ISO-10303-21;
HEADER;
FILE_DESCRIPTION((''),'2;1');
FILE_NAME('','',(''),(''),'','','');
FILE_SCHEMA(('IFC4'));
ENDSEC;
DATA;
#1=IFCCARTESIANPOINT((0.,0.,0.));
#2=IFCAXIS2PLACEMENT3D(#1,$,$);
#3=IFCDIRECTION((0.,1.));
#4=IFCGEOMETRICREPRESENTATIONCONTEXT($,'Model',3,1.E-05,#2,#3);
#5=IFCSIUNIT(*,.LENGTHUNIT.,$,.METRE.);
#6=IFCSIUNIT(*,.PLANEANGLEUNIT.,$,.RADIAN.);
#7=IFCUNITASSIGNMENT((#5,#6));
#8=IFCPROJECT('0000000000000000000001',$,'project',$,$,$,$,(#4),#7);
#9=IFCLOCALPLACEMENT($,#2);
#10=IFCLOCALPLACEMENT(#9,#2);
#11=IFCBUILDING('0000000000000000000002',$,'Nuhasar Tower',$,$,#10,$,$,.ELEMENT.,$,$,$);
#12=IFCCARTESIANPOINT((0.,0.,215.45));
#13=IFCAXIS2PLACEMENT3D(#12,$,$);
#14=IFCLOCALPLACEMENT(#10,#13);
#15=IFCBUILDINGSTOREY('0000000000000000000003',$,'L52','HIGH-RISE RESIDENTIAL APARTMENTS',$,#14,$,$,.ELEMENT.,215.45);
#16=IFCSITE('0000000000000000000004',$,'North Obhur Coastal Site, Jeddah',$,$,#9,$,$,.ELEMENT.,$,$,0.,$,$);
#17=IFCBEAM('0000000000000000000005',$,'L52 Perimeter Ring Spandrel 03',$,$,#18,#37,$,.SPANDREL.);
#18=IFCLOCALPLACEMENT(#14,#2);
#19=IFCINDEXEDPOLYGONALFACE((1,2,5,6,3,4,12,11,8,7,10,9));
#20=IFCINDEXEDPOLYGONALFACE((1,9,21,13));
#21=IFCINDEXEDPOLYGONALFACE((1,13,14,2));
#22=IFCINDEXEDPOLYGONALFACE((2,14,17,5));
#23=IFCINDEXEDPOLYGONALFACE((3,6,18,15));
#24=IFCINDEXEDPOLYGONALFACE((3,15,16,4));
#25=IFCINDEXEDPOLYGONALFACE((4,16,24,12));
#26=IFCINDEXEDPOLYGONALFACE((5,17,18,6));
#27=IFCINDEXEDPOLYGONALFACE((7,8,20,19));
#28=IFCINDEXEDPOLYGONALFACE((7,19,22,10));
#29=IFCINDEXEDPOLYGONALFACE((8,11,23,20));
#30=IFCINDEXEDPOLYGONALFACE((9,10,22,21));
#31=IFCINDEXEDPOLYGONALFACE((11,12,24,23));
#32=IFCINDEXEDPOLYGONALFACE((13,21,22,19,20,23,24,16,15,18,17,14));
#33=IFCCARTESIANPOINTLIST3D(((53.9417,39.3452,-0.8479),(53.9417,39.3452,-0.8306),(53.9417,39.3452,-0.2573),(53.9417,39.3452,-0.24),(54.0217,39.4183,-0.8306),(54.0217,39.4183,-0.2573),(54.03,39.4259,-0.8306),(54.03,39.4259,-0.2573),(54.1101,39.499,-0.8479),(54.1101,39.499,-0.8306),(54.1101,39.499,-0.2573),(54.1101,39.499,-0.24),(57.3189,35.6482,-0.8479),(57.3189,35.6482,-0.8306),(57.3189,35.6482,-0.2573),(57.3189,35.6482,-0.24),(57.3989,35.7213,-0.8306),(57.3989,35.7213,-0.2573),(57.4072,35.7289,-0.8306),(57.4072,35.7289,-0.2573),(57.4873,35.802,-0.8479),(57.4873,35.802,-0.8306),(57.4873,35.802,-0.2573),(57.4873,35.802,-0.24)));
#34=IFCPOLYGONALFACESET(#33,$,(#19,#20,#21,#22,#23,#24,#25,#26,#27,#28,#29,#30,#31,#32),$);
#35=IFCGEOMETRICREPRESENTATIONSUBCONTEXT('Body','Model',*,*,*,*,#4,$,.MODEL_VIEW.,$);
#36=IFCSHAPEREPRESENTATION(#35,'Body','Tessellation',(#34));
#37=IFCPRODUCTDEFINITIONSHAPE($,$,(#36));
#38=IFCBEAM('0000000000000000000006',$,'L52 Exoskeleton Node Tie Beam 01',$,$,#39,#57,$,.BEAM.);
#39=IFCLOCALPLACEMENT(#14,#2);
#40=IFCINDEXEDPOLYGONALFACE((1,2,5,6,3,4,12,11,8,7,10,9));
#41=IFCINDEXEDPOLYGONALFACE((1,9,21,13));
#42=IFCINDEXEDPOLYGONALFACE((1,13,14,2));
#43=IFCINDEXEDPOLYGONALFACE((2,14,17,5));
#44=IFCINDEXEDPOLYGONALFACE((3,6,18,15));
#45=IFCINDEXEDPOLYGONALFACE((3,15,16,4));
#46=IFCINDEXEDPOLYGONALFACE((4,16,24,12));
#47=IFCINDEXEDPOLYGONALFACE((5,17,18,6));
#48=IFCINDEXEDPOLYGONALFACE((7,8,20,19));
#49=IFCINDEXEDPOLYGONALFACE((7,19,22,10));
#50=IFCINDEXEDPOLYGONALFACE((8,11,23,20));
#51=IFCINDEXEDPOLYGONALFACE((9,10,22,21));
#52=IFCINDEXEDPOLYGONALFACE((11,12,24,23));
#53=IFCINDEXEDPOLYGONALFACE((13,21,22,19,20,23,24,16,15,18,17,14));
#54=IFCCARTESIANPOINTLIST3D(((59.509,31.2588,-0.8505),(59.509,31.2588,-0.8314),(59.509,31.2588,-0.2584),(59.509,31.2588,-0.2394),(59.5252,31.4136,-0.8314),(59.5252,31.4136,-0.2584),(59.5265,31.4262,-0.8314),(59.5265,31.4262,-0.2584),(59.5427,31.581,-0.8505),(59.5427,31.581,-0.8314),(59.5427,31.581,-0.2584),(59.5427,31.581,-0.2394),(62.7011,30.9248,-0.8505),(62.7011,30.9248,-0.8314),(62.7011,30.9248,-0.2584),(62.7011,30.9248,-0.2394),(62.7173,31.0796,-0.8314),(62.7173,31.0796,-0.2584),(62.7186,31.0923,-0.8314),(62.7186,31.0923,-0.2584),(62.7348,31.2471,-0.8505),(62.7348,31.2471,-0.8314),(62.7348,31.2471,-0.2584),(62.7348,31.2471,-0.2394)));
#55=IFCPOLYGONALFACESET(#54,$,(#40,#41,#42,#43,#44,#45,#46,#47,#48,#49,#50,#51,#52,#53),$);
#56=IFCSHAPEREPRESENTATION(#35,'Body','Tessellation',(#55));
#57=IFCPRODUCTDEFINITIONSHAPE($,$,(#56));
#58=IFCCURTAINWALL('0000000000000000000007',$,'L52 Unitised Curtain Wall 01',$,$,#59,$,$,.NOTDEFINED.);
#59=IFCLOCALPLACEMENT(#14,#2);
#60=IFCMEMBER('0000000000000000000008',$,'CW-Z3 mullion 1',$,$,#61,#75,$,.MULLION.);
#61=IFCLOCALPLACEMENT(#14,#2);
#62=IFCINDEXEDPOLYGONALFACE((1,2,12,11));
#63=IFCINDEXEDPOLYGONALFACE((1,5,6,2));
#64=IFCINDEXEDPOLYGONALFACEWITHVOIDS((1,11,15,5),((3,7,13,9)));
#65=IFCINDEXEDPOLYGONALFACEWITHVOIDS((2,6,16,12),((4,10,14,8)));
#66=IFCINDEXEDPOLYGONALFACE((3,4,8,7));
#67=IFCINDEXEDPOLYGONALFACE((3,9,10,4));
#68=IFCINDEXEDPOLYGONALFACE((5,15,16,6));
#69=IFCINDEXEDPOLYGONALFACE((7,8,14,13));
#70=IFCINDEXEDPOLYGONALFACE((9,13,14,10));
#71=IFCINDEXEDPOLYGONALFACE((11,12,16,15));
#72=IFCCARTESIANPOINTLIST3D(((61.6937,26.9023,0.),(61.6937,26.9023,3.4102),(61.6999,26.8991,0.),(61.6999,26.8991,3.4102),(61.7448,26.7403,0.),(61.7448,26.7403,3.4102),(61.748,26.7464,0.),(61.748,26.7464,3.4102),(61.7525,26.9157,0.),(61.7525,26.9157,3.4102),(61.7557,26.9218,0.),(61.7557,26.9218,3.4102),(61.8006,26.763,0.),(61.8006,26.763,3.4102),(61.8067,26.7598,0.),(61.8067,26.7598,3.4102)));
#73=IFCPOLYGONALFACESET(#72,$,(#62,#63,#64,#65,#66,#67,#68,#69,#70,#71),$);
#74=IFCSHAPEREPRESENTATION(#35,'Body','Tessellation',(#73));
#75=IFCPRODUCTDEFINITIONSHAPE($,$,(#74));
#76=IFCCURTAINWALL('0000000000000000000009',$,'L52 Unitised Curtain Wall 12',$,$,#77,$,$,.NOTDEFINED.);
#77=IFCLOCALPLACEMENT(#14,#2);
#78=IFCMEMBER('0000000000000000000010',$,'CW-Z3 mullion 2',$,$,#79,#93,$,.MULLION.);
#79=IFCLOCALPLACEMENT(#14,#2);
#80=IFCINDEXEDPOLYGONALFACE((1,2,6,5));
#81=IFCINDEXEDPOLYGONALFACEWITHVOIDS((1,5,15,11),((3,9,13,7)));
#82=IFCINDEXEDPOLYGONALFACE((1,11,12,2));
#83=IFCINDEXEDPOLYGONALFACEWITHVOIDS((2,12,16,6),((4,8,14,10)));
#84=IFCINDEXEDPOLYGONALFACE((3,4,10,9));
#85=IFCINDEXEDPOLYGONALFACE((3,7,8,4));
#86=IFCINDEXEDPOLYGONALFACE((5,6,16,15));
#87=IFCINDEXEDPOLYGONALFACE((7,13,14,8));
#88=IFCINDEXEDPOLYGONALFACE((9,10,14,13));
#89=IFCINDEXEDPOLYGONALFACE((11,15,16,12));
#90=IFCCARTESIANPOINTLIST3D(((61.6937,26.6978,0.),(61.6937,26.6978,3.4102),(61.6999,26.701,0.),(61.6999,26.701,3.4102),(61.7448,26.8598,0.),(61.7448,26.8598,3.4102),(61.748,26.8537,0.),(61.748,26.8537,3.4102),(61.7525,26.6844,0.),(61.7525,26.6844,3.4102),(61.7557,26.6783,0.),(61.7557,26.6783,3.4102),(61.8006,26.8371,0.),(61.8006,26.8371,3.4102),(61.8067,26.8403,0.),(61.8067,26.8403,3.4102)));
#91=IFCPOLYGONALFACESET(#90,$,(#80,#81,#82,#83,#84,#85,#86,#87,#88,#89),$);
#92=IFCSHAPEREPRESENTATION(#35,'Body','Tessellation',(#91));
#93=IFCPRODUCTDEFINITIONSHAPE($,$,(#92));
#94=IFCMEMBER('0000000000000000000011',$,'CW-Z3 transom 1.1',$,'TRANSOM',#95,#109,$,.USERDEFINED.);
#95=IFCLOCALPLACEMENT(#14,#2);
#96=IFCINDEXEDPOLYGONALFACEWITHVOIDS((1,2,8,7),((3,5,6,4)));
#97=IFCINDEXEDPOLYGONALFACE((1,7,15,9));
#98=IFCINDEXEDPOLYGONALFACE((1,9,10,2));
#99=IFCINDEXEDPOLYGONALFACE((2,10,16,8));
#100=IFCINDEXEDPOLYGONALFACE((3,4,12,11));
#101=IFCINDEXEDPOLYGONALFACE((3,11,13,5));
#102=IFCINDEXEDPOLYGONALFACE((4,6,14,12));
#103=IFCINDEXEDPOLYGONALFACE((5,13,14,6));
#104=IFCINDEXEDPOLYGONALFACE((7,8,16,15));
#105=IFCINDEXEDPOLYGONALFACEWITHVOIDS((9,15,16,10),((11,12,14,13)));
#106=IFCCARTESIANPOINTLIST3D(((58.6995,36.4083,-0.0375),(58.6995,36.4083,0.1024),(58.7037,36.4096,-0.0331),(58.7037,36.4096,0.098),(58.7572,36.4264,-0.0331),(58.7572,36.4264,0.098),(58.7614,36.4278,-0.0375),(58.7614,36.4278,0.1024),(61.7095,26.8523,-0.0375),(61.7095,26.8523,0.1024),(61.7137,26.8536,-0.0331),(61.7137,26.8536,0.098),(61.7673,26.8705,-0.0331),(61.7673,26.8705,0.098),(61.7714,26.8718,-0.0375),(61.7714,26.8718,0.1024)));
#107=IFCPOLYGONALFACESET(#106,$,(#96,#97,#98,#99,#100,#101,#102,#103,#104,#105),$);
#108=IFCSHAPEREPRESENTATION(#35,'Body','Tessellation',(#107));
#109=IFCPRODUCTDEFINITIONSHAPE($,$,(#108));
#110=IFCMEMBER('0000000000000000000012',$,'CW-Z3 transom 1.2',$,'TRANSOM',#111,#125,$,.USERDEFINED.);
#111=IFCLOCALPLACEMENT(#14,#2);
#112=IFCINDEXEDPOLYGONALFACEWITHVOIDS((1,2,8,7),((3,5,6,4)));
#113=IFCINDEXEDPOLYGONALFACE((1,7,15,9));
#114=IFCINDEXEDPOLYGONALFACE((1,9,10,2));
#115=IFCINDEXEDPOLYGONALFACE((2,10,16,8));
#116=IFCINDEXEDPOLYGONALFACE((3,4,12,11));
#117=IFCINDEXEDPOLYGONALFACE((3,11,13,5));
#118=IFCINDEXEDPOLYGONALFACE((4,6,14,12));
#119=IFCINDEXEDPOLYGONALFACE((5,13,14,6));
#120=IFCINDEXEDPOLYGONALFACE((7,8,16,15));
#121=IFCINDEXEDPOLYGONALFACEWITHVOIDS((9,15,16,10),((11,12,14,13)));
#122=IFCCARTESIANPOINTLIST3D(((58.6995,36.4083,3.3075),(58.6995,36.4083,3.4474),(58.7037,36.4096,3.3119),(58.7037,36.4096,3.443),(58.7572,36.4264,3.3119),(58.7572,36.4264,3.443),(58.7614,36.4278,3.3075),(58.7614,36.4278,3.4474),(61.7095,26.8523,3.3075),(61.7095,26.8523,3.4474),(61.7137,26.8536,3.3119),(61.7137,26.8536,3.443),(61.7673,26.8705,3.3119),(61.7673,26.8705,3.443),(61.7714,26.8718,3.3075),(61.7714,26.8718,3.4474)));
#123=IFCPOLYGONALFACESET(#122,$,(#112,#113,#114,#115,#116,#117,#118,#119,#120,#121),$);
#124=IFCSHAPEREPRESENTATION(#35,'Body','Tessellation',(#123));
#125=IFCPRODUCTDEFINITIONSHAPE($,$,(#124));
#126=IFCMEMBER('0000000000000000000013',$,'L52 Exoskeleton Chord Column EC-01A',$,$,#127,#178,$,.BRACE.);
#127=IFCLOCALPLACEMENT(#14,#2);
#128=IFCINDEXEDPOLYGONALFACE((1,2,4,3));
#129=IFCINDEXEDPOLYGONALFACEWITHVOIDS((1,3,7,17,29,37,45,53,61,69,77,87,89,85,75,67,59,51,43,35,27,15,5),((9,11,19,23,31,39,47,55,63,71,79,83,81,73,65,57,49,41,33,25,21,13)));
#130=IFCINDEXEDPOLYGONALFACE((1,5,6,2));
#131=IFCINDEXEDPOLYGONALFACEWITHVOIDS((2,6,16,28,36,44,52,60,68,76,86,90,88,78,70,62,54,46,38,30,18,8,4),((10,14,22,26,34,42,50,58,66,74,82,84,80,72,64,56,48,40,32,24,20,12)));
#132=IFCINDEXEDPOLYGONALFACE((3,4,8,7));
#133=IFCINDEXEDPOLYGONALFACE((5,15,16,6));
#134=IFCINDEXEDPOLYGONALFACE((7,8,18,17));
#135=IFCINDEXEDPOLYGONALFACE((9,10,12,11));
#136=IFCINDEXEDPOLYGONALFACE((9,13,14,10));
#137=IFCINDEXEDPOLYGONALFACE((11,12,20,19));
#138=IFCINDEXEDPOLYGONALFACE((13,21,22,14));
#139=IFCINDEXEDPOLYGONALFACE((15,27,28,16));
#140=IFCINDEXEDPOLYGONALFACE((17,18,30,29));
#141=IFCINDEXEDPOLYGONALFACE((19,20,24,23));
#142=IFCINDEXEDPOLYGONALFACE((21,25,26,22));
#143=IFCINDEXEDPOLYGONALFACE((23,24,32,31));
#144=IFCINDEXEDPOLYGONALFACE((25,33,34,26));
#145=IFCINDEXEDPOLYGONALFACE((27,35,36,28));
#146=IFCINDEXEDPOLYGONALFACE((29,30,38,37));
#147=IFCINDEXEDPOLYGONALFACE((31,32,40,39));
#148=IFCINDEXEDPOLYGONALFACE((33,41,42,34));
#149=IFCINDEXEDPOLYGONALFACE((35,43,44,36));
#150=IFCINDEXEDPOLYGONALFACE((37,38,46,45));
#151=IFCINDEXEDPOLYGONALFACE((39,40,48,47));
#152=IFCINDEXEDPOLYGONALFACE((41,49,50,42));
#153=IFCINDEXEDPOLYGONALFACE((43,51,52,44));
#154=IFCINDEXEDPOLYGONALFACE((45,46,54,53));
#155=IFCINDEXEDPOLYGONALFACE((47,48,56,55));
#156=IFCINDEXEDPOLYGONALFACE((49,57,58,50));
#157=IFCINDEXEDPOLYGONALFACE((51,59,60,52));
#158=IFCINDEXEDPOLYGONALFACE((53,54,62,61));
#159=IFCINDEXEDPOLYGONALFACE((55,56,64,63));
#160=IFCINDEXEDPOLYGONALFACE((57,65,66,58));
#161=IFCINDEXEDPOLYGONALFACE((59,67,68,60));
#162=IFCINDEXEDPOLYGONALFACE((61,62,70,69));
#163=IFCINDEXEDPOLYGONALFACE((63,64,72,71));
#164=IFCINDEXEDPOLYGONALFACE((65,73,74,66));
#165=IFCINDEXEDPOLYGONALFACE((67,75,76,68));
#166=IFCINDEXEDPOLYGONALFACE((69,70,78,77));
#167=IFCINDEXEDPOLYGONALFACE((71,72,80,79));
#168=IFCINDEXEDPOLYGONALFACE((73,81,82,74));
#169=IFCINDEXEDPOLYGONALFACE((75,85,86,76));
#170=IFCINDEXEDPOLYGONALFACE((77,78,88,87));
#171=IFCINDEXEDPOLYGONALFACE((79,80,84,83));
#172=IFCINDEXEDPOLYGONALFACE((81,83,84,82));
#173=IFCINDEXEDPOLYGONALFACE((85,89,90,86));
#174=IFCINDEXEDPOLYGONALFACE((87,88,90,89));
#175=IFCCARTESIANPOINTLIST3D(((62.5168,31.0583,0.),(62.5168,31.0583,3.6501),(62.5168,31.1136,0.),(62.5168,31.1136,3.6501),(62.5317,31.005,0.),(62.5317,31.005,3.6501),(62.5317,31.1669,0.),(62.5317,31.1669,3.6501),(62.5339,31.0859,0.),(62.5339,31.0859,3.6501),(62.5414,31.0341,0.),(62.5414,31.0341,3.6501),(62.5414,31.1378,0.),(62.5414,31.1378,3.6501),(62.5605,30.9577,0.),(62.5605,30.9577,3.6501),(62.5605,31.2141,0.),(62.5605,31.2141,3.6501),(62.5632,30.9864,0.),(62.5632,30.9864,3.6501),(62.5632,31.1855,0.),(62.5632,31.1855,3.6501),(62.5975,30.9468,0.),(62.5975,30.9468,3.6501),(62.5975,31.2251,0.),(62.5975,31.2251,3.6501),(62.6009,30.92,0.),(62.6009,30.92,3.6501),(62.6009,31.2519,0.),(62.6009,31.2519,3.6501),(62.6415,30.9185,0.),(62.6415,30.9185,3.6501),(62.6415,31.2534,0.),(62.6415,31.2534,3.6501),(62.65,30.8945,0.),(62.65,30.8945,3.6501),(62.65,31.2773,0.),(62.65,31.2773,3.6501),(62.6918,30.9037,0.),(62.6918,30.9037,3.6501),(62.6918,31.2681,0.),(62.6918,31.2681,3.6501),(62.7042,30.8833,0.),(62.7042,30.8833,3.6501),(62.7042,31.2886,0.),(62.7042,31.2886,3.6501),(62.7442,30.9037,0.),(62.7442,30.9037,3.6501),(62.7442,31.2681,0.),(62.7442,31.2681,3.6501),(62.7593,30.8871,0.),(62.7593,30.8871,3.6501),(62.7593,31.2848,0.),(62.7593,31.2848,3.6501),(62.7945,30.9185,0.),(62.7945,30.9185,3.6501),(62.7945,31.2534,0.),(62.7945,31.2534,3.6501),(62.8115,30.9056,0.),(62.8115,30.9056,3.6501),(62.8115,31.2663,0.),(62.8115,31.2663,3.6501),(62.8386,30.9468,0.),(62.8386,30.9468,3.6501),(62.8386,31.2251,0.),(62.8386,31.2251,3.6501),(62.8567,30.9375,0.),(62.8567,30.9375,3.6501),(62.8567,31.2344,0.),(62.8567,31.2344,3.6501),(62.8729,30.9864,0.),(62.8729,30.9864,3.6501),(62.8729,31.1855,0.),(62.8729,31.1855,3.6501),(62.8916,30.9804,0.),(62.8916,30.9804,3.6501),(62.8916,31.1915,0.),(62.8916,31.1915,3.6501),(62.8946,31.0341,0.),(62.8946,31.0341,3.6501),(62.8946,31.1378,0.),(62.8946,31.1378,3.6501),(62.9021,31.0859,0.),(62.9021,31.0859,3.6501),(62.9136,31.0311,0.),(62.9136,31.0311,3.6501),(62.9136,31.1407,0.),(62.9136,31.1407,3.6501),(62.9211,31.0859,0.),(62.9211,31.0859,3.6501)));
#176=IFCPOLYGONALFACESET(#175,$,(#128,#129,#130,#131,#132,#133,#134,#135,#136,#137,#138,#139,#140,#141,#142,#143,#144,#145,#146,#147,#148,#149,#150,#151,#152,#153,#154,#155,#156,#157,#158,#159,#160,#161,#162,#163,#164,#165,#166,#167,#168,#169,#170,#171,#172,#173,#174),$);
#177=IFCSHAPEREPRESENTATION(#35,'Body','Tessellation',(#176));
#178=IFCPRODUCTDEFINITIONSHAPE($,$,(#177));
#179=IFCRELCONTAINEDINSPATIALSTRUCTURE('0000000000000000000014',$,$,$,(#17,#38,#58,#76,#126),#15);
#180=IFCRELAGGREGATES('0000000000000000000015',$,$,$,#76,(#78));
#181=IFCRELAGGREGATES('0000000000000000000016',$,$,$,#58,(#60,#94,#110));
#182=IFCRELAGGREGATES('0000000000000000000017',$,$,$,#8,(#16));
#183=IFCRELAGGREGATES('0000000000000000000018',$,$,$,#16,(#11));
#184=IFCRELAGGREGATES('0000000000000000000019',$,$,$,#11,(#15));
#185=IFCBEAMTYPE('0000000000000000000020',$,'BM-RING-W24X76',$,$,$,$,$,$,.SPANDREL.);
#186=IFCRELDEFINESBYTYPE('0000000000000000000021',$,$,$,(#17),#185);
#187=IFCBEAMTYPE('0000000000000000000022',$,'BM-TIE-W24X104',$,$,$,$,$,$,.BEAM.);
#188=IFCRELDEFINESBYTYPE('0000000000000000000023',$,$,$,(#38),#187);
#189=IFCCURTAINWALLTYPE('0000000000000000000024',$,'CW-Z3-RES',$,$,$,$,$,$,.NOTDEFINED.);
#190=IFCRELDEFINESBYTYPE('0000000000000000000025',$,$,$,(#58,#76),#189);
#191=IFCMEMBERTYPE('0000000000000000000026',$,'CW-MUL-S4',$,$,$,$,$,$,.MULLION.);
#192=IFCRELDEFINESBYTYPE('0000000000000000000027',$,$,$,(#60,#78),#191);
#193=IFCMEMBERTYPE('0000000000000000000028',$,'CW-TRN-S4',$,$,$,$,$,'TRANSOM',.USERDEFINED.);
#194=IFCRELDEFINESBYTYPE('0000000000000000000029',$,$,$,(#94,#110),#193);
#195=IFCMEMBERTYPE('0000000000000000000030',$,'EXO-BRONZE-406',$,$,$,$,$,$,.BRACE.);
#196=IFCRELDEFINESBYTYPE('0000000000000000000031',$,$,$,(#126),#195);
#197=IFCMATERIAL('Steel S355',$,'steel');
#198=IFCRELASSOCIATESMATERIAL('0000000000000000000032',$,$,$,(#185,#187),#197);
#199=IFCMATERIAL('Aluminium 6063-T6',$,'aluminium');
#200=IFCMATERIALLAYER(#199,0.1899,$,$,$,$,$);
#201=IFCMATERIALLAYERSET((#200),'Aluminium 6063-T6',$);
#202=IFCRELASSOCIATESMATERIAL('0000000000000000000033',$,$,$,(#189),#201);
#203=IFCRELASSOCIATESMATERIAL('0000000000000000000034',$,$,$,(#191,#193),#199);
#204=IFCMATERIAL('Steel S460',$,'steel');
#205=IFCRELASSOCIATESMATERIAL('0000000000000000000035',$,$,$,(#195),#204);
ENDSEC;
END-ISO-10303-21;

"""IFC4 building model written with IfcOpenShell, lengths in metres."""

from ifc_helpers import new_model, si_unit, direction, frame, origin, origin_2d, place, context, subcontext, project, spatial, hollow_rectangle, hollow_circle, i_section, extrude, material, layer, layer_set, material_profile, profile_set, type_object, element, aggregate, save


model = new_model("IFC4")

# Units and contexts
model_context = context("Model", 3, precision=1e-05, world=origin(), true_north=direction((0.0, 1.0)))
body_context = subcontext(model_context, "Body", "Model", "MODEL_VIEW")
ifc_project = project(units=[si_unit("LENGTHUNIT", "METRE"), si_unit("PLANEANGLEUNIT", "RADIAN")], contexts=[model_context])

# Site, building, storey
site_placement = place(None, origin())
site = spatial("IfcSite", under=ifc_project, at=site_placement, Name="North Obhur Coastal Site, Jeddah", CompositionType="ELEMENT", RefElevation=0.0)
building_placement = place(site_placement, origin())
building = spatial("IfcBuilding", under=site, at=building_placement, Name="Nuhasar Tower", CompositionType="ELEMENT")
storey_placement = place(building_placement, frame((0.0, 0.0, 215.45)))
storey = spatial("IfcBuildingStorey", under=building, at=storey_placement, Name="L52", Description="HIGH-RISE RESIDENTIAL APARTMENTS", CompositionType="ELEMENT", Elevation=215.45)

# Beams
ifc_material_1 = material(Name="Steel S355", Category="steel")
ifc_material_profile_1 = material_profile(ifc_material_1, i_section(OverallWidth=0.228, OverallDepth=0.6079, WebThickness=0.0112, FlangeThickness=0.0173, at=origin_2d()), Name="W24X76")
ifc_profile_set_1 = profile_set([ifc_material_profile_1], Name="Steel S355")
beam_type_1 = type_object("IfcBeamType", Name="BM-RING-W24X76", PredefinedType="SPANDREL", material=ifc_profile_set_1)
beam_1_placement = place(storey_placement, frame((57.4031, 35.7251, -0.5439), z_axis=(-0.67445, 0.738321, 0.0), x_axis=(-0.738321, -0.67445, 0.0)))
element("IfcBeam", 1, at=beam_1_placement, inside=storey, type_object=beam_type_1, Name="L52 Perimeter Ring Spandrel 03", PredefinedType="SPANDREL", context=body_context, shape_type="SweptSolid", body=[
    extrude(i_section(OverallWidth=0.228, OverallDepth=0.6079, WebThickness=0.0112, FlangeThickness=0.0173, at=origin_2d()), origin(), (0.0, 0.0, 1.0), 5.0073),
])
ifc_material_profile_2 = material_profile(ifc_material_1, i_section(OverallWidth=0.324, OverallDepth=0.6111, WebThickness=0.0127, FlangeThickness=0.019, at=origin_2d()), Name="W24X104")
ifc_profile_set_2 = profile_set([ifc_material_profile_2], Name="Steel S355")
beam_type_2 = type_object("IfcBeamType", Name="BM-TIE-W24X104", PredefinedType="BEAM", material=ifc_profile_set_2)
beam_2_placement = place(storey_placement, frame((59.5259, 31.4199, -0.5449), z_axis=(0.994571, -0.104059, 0.0), x_axis=(0.104059, 0.994571, 0.0)))
element("IfcBeam", 2, at=beam_2_placement, inside=storey, type_object=beam_type_2, Name="L52 Exoskeleton Node Tie Beam 01", PredefinedType="BEAM", context=body_context, shape_type="SweptSolid", body=[
    extrude(i_section(OverallWidth=0.324, OverallDepth=0.6111, WebThickness=0.0127, FlangeThickness=0.019, at=origin_2d()), origin(), (0.0, 0.0, 1.0), 3.2095),
])

# Curtain walls, members
ifc_material_2 = material(Name="Aluminium 6063-T6", Category="aluminium")
ifc_layer_1 = layer(ifc_material_2, 0.1899)
ifc_layer_set_1 = layer_set([ifc_layer_1], Name="Aluminium 6063-T6")
curtain_wall_type = type_object("IfcCurtainWallType", Name="CW-Z3-RES", PredefinedType="NOTDEFINED", material=ifc_layer_set_1)
curtain_wall_1_placement = place(storey_placement, origin())
curtain_wall_1 = element("IfcCurtainWall", 3, at=curtain_wall_1_placement, inside=storey, type_object=curtain_wall_type, Name="L52 Unitised Curtain Wall 01", PredefinedType="NOTDEFINED")
ifc_material_profile_3 = material_profile(ifc_material_2, hollow_rectangle(XDim=0.0649, YDim=0.1699, WallThickness=0.0049, at=origin_2d()), Name="CWM-4")
ifc_profile_set_3 = profile_set([ifc_material_profile_3], Name="Aluminium 6063-T6")
member_type_1 = type_object("IfcMemberType", Name="CW-MUL-S4", PredefinedType="MULLION", material=ifc_profile_set_3)
member_1_placement = place(storey_placement, frame((61.7502, 26.8311, 0.0), z_axis=(0.0, 0.0, 1.0), x_axis=(-0.953804, -0.300429, 0.0)))
member_1 = element("IfcMember", 4, at=member_1_placement, type_object=member_type_1, Name="CW-Z3 mullion 1", PredefinedType="MULLION", context=body_context, shape_type="SweptSolid", body=[
    extrude(hollow_rectangle(XDim=0.0649, YDim=0.1699, WallThickness=0.0049, at=origin_2d()), origin(), (0.0, 0.0, 1.0), 3.4102),
])
curtain_wall_2_placement = place(storey_placement, origin())
curtain_wall_2 = element("IfcCurtainWall", 5, at=curtain_wall_2_placement, inside=storey, type_object=curtain_wall_type, Name="L52 Unitised Curtain Wall 12", PredefinedType="NOTDEFINED")
member_2_placement = place(storey_placement, frame((61.7502, 26.769, 0.0), z_axis=(0.0, 0.0, 1.0), x_axis=(-0.953804, 0.300429, 0.0)))
member_2 = element("IfcMember", 6, at=member_2_placement, type_object=member_type_1, Name="CW-Z3 mullion 2", PredefinedType="MULLION", context=body_context, shape_type="SweptSolid", body=[
    extrude(hollow_rectangle(XDim=0.0649, YDim=0.1699, WallThickness=0.0049, at=origin_2d()), origin(), (0.0, 0.0, 1.0), 3.4102),
])
aggregate(curtain_wall_2, [member_2])

# Members
ifc_material_profile_4 = material_profile(ifc_material_2, hollow_rectangle(XDim=0.0649, YDim=0.1399, WallThickness=0.0044, at=origin_2d()), Name="CWT-4")
ifc_profile_set_4 = profile_set([ifc_material_profile_4], Name="Aluminium 6063-T6")
member_type_2 = type_object("IfcMemberType", Name="CW-TRN-S4", ElementType="TRANSOM", PredefinedType="USERDEFINED", material=ifc_profile_set_4)
member_3_placement = place(storey_placement, frame((61.7405, 26.8621, 0.0325), z_axis=(-0.300437, 0.953802, 0.0), x_axis=(-0.953802, -0.300437, 0.0)))
member_3 = element("IfcMember", 7, at=member_3_placement, type_object=member_type_2, Name="CW-Z3 transom 1.1", ObjectType="TRANSOM", PredefinedType="USERDEFINED", context=body_context, shape_type="SweptSolid", body=[
    extrude(hollow_rectangle(XDim=0.0649, YDim=0.1399, WallThickness=0.0044, at=origin_2d()), origin(), (0.0, 0.0, 1.0), 10.0188),
])
member_4_placement = place(storey_placement, frame((61.7405, 26.8621, 3.3774), z_axis=(-0.300437, 0.953802, 0.0), x_axis=(-0.953802, -0.300437, 0.0)))
member_4 = element("IfcMember", 8, at=member_4_placement, type_object=member_type_2, Name="CW-Z3 transom 1.2", ObjectType="TRANSOM", PredefinedType="USERDEFINED", context=body_context, shape_type="SweptSolid", body=[
    extrude(hollow_rectangle(XDim=0.0649, YDim=0.1399, WallThickness=0.0044, at=origin_2d()), origin(), (0.0, 0.0, 1.0), 10.0188),
])

# Member
ifc_material_3 = material(Name="Steel S460", Category="steel")
ifc_material_profile_5 = material_profile(ifc_material_3, hollow_circle(Radius=0.2031, WallThickness=0.019, at=origin_2d()), Name="HSS406.4X19.1")
ifc_profile_set_5 = profile_set([ifc_material_profile_5], Name="Steel S460")
member_type_3 = type_object("IfcMemberType", Name="EXO-BRONZE-406", PredefinedType="BRACE", material=ifc_profile_set_5)
for number, where, z_axis, x_axis, name in (
    (9, (62.718, 31.0859, 0.0), (0.0, 0.0, 1.0), (1.0, 0.0, 0.0), "L52 Exoskeleton Chord Column EC-01A"),
):
    element("IfcMember", number, at=place(storey_placement, frame(where, z_axis=z_axis, x_axis=x_axis)), inside=storey, type_object=member_type_3, Name=name, PredefinedType="BRACE", context=body_context, shape_type="SweptSolid", body=[
        extrude(hollow_circle(Radius=0.2031, WallThickness=0.019, at=origin_2d()), origin(), (0.0, 0.0, 1.0), 3.6501),
    ])

aggregate(curtain_wall_1, [member_1, member_3, member_4])

save(model, "model.ifc")
